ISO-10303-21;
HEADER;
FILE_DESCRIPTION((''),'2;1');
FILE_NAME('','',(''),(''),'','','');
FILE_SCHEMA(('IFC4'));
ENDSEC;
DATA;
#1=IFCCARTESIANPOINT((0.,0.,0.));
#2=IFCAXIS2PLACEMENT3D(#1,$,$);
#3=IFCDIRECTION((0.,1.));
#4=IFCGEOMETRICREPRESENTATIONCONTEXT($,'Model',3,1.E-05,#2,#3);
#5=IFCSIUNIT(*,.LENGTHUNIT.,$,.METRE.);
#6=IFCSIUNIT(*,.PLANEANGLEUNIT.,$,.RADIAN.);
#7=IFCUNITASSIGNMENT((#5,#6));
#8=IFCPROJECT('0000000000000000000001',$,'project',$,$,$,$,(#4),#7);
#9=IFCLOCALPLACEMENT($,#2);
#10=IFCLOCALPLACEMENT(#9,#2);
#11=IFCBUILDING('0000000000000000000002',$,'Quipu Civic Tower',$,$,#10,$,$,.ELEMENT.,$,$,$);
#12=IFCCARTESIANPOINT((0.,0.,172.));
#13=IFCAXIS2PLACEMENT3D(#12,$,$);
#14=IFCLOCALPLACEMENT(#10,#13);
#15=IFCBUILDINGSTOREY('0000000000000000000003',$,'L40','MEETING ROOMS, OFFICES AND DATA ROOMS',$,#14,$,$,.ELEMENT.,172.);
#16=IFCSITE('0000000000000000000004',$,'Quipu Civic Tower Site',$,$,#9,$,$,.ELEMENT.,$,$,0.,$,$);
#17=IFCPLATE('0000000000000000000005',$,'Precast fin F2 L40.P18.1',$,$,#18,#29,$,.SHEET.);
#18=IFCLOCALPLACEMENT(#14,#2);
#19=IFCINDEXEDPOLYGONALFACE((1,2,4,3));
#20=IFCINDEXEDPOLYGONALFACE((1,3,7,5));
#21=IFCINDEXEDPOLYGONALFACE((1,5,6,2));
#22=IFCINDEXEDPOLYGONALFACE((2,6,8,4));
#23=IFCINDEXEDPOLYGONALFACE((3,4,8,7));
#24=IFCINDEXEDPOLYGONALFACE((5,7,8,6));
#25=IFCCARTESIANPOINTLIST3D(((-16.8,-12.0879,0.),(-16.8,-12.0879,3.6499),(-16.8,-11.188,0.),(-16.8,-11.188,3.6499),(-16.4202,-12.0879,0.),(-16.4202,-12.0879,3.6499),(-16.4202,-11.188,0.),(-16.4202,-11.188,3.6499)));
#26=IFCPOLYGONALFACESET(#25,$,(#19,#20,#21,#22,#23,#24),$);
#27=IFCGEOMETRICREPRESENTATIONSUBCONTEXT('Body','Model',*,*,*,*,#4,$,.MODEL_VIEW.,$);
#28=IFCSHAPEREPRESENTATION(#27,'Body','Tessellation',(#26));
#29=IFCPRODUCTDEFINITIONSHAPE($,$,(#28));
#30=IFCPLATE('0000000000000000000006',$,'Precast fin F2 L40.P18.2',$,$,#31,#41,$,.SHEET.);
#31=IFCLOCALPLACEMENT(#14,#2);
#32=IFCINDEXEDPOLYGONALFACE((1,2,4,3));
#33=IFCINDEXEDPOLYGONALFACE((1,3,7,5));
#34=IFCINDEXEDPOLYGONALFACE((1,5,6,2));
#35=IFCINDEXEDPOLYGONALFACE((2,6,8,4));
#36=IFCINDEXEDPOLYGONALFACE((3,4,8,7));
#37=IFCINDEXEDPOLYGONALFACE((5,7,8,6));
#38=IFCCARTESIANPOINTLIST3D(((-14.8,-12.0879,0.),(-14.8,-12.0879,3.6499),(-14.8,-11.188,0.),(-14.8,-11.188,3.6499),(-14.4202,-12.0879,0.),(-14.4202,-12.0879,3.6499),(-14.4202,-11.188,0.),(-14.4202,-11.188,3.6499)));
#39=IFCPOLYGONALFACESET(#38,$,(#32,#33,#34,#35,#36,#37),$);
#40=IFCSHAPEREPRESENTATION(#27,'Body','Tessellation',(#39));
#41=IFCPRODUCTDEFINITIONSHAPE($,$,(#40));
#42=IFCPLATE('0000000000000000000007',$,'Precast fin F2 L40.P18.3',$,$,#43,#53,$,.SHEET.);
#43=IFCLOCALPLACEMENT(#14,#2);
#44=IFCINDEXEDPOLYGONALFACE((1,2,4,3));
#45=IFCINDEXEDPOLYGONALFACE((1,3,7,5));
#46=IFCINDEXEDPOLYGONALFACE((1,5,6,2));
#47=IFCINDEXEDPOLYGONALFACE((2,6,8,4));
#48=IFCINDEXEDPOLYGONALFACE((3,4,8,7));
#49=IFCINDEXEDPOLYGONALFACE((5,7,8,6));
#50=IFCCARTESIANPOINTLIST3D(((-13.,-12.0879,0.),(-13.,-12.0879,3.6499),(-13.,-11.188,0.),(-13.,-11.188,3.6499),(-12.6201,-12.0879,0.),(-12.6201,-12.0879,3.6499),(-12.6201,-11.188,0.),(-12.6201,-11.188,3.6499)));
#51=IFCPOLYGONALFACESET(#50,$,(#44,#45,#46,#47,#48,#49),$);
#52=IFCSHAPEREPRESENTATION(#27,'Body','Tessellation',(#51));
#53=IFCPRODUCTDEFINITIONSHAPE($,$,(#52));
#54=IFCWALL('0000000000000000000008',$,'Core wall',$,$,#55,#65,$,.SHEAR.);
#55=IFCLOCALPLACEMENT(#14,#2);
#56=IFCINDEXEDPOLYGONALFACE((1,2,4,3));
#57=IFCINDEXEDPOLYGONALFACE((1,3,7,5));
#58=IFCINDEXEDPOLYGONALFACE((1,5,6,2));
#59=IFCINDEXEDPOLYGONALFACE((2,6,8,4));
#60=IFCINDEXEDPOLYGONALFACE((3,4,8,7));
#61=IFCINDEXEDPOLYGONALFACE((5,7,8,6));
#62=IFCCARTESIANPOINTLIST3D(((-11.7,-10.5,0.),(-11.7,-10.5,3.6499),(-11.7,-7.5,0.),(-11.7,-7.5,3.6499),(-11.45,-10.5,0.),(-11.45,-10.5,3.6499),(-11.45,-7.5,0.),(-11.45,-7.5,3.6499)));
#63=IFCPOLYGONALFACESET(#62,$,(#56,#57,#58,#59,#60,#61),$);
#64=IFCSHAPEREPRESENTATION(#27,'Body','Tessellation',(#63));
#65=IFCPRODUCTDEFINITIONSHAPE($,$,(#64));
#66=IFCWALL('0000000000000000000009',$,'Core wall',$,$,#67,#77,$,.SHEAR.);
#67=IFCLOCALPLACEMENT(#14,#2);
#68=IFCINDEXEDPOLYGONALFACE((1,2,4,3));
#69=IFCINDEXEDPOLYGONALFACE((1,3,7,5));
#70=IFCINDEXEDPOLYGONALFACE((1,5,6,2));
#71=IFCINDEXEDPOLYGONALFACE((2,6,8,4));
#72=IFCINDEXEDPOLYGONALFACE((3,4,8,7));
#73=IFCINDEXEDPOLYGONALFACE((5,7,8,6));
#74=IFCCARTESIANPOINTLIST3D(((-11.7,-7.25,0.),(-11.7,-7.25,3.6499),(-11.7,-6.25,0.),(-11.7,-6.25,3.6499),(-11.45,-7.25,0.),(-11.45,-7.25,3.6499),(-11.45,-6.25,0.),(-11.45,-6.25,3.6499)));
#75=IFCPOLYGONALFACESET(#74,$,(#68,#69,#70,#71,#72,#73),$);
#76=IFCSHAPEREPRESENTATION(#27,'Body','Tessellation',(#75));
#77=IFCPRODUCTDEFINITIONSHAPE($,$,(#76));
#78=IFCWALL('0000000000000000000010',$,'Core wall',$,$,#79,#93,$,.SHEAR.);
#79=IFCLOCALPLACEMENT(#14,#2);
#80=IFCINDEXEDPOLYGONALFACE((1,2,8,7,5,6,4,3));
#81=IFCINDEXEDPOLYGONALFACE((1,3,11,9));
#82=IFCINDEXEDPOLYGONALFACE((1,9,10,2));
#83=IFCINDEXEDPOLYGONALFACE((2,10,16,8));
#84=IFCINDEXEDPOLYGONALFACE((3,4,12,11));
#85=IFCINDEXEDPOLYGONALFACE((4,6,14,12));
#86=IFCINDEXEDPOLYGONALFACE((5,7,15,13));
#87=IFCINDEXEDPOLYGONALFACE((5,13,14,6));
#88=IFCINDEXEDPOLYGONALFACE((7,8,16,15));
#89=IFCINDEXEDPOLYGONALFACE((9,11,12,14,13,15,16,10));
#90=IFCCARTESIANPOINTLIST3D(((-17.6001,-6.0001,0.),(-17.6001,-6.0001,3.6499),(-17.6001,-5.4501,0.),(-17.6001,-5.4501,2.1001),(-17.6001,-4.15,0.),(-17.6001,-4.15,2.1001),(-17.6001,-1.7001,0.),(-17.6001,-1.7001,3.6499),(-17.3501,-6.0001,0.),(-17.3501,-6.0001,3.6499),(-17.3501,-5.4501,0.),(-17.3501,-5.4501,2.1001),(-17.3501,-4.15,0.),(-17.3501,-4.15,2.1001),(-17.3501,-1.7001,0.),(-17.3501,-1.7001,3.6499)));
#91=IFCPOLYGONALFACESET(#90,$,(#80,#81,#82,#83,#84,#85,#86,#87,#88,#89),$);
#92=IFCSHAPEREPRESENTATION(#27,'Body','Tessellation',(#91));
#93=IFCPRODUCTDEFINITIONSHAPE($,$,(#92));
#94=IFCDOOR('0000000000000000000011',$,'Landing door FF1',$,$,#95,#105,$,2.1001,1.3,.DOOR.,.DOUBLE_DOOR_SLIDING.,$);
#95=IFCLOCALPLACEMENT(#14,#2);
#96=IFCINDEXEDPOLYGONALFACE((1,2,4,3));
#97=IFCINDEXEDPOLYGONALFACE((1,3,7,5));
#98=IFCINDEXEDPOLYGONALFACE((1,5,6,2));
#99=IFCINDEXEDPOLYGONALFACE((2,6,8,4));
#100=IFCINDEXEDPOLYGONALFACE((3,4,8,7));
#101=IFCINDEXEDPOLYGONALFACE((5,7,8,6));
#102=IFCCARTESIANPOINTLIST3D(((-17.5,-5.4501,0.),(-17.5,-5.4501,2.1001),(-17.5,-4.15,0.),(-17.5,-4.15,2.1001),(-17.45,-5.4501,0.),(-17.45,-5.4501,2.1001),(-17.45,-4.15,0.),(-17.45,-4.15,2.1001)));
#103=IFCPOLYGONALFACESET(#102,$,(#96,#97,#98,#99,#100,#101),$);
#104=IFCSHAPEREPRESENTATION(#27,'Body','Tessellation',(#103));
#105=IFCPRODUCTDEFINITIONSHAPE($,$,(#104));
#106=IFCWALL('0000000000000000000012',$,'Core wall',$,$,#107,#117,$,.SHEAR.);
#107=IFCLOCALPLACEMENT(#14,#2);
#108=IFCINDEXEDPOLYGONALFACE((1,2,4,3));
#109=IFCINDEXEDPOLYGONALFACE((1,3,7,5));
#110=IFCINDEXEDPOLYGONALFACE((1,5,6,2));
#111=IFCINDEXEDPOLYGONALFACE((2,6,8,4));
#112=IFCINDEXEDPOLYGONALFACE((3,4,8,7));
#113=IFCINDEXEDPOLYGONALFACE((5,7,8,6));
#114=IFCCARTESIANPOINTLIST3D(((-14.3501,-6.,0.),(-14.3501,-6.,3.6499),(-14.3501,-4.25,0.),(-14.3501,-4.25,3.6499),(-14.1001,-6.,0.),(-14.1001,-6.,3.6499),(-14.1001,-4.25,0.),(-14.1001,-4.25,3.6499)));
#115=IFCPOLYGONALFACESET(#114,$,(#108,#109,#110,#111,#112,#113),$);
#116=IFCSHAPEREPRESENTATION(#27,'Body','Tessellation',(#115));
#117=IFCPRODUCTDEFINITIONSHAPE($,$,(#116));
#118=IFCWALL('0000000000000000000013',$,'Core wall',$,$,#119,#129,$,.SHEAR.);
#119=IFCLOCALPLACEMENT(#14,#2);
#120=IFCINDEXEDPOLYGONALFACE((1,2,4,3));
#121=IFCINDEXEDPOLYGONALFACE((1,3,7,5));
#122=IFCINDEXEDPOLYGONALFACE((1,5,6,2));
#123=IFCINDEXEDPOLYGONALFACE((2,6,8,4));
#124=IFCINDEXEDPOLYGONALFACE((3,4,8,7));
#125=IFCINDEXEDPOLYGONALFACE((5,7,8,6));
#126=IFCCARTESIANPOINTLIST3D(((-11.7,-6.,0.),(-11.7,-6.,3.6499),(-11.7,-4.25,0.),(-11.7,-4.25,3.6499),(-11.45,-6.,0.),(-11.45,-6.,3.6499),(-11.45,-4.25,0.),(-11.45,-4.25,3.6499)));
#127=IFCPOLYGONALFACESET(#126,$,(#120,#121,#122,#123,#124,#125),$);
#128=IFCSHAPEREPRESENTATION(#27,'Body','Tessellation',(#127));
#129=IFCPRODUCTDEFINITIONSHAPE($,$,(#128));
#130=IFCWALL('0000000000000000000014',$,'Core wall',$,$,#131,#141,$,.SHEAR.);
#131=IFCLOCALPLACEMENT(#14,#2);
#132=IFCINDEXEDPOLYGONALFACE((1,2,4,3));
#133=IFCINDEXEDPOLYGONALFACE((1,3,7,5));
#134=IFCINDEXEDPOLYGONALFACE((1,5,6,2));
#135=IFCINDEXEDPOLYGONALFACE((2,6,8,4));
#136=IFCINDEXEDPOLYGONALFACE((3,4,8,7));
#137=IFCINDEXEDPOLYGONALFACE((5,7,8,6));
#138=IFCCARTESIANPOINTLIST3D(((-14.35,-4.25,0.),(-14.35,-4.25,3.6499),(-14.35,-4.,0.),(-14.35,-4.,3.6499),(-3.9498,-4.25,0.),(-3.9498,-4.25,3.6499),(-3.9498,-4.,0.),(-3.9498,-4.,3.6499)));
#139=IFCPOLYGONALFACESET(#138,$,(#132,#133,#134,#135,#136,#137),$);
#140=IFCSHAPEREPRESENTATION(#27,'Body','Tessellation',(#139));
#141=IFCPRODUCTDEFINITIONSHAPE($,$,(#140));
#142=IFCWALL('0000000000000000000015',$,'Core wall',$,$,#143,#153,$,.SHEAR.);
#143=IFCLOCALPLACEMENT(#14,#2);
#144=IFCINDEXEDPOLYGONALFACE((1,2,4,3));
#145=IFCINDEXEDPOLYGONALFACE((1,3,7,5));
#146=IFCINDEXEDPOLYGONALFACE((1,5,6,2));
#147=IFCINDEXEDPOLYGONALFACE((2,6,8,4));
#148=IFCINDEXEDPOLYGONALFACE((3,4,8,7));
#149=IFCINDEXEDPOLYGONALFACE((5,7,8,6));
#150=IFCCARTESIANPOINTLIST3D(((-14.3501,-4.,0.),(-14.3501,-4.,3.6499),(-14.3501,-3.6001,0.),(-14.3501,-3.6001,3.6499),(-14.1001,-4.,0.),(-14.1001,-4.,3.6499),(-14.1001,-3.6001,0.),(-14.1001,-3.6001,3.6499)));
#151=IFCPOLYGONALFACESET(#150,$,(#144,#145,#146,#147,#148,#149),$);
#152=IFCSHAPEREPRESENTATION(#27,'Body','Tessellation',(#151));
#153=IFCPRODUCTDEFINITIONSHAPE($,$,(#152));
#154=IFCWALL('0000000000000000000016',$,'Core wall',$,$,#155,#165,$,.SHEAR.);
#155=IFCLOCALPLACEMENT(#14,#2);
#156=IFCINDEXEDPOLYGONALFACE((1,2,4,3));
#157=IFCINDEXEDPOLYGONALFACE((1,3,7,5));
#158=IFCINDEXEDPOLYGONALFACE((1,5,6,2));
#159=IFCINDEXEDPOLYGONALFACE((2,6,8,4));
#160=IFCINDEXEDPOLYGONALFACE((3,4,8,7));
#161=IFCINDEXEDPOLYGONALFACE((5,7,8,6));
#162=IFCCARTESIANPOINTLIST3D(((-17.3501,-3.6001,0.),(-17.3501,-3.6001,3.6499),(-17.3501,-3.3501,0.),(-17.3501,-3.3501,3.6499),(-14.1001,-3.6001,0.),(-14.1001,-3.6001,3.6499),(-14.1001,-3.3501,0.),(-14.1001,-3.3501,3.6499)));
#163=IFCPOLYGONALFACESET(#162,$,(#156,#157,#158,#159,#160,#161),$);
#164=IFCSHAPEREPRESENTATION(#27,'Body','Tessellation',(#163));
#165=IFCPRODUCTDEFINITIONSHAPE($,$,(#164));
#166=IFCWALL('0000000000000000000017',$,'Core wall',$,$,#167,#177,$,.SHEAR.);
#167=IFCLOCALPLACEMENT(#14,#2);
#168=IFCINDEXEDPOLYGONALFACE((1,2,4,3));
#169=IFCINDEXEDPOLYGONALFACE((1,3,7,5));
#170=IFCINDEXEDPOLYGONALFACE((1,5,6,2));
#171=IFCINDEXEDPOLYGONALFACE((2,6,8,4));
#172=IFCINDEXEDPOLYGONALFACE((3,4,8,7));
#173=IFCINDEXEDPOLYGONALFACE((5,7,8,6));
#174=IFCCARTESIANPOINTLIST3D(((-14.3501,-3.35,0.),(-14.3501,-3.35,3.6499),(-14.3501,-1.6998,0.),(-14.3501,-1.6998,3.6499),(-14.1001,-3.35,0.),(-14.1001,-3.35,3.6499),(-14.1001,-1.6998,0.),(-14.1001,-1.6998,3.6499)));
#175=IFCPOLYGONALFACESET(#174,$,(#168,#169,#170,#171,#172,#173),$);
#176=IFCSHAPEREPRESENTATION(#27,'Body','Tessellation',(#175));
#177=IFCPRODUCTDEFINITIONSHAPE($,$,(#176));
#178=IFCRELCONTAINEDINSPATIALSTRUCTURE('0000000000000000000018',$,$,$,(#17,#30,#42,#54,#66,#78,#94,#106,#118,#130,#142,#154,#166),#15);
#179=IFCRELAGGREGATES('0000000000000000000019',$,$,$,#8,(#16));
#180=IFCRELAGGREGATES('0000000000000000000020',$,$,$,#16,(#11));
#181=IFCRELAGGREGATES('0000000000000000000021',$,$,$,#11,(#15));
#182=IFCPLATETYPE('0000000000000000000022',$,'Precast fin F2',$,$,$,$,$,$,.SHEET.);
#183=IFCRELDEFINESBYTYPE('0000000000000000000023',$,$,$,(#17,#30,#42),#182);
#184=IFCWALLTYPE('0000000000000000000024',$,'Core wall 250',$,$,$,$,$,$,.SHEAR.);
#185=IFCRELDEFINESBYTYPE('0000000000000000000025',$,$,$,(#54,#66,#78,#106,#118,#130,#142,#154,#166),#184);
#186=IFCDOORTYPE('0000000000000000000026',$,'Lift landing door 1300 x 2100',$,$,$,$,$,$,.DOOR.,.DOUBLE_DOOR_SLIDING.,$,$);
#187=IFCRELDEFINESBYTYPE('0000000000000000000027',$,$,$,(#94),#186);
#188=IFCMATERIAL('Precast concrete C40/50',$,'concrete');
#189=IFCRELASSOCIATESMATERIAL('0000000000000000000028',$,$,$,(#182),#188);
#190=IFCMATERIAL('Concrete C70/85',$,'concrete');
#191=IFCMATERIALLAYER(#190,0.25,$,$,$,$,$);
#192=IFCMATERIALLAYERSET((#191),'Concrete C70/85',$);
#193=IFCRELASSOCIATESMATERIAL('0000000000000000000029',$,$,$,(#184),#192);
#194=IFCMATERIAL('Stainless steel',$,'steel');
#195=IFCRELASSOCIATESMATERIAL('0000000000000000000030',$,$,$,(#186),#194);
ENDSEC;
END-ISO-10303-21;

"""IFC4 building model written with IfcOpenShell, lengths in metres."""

from ifc_helpers import new_model, si_unit, direction, frame, frame_2d, origin, origin_2d, place, context, subcontext, project, spatial, rectangle, extrude, material, layer, layer_set, type_object, element, fill, save


model = new_model("IFC4")

# Units and contexts
model_context = context("Model", 3, precision=1e-05, world=origin(), true_north=direction((0.0, 1.0)))
body_context = subcontext(model_context, "Body", "Model", "MODEL_VIEW")
ifc_project = project(units=[si_unit("LENGTHUNIT", "METRE"), si_unit("PLANEANGLEUNIT", "RADIAN")], contexts=[model_context])

# Site, building, storey
site_placement = place(None, origin())
site = spatial("IfcSite", under=ifc_project, at=site_placement, Name="Quipu Civic Tower Site", CompositionType="ELEMENT", RefElevation=0.0)
building_placement = place(site_placement, origin())
building = spatial("IfcBuilding", under=site, at=building_placement, Name="Quipu Civic Tower", CompositionType="ELEMENT")
storey_placement = place(building_placement, frame((0.0, 0.0, 172.0)))
storey = spatial("IfcBuildingStorey", under=building, at=storey_placement, Name="L40", Description="MEETING ROOMS, OFFICES AND DATA ROOMS", CompositionType="ELEMENT", Elevation=172.0)

# Plates
ifc_material_1 = material(Name="Precast concrete C40/50", Category="concrete")
plate_type = type_object("IfcPlateType", Name="Precast fin F2", PredefinedType="SHEET", material=ifc_material_1)
for number, where, z_axis, x_axis, name in (
    (1, (-16.6101, -11.6379, 0.0), (0.0, 0.0, 1.0), (1.0, 0.0, 0.0), "Precast fin F2 L40.P18.1"),
    (2, (-14.6101, -11.6379, 0.0), (0.0, 0.0, 1.0), (1.0, 0.0, 0.0), "Precast fin F2 L40.P18.2"),
    (3, (-12.8101, -11.6379, 0.0), (0.0, 0.0, 1.0), (1.0, 0.0, 0.0), "Precast fin F2 L40.P18.3"),
):
    element("IfcPlate", number, at=place(storey_placement, frame(where, z_axis=z_axis, x_axis=x_axis)), inside=storey, type_object=plate_type, Name=name, PredefinedType="SHEET", context=body_context, shape_type="SweptSolid", body=[
        extrude(rectangle(XDim=0.3799, YDim=0.8999, at=origin_2d()), origin(), (0.0, 0.0, 1.0), 3.6499),
    ])

# Walls
ifc_material_2 = material(Name="Concrete C70/85", Category="concrete")
ifc_layer_1 = layer(ifc_material_2, 0.25)
ifc_layer_set_1 = layer_set([ifc_layer_1], Name="Concrete C70/85")
wall_type_1 = type_object("IfcWallType", Name="Core wall 250", PredefinedType="SHEAR", material=ifc_layer_set_1)
wall_1_placement = place(storey_placement, frame((-11.575, -10.5, 0.0), z_axis=(0.0, 0.0, 1.0), x_axis=(0.0, 1.0, 0.0)))
element("IfcWall", 4, at=wall_1_placement, inside=storey, type_object=wall_type_1, Name="Core wall", PredefinedType="SHEAR", context=body_context, shape_type="SweptSolid", body=[
    extrude(rectangle(XDim=3.0, YDim=0.25, at=frame_2d((1.5, 0.0))), origin(), (0.0, 0.0, 1.0), 3.6499),
])
wall_2_placement = place(storey_placement, frame((-11.575, -7.25, 0.0), z_axis=(0.0, 0.0, 1.0), x_axis=(0.0, 1.0, 0.0)))
element("IfcWall", 5, at=wall_2_placement, inside=storey, type_object=wall_type_1, Name="Core wall", PredefinedType="SHEAR", context=body_context, shape_type="SweptSolid", body=[
    extrude(rectangle(XDim=1.0, YDim=0.25, at=frame_2d((0.5, 0.0))), origin(), (0.0, 0.0, 1.0), 3.6499),
])

# Wall, opening, door
wall_3_placement = place(storey_placement, frame((-17.4751, -6.0, 0.0), z_axis=(0.0, 0.0, 1.0), x_axis=(0.0, 1.0, 0.0)))
wall_3 = element("IfcWall", 6, at=wall_3_placement, inside=storey, type_object=wall_type_1, Name="Core wall", PredefinedType="SHEAR", context=body_context, shape_type="SweptSolid", body=[
    extrude(rectangle(XDim=4.3, YDim=0.25, at=frame_2d((2.1499, 0.0))), origin(), (0.0, 0.0, 1.0), 3.6499),
])
opening_1_placement = place(wall_3_placement, frame((0.55, 0.0, 0.0)))
opening_1 = element("IfcOpeningElement", 7, at=opening_1_placement, cuts=wall_3, PredefinedType="OPENING", context=body_context, shape_type="SweptSolid", body=[
    extrude(rectangle(XDim=1.3, YDim=2.1001, at=frame_2d((0.6499, 1.05))), frame((0.0, 0.135, 0.0), z_axis=(0.0, -1.0, 0.0), x_axis=(1.0, 0.0, 0.0)), (0.0, 0.0, 1.0), 0.27),
])
ifc_material_3 = material(Name="Stainless steel", Category="steel")
door_type_1 = type_object("IfcDoorType", Name="Lift landing door 1300 x 2100", OperationType="DOUBLE_DOOR_SLIDING", PredefinedType="DOOR", material=ifc_material_3)
door_1_placement = place(opening_1_placement, origin())
door_1 = element("IfcDoor", 8, at=door_1_placement, inside=storey, type_object=door_type_1, Name="Landing door FF1", OperationType="DOUBLE_DOOR_SLIDING", OverallHeight=2.1001, OverallWidth=1.3, PredefinedType="DOOR", context=body_context, shape_type="SweptSolid", body=[
    extrude(rectangle(XDim=1.3, YDim=2.1001, at=frame_2d((0.6499, 1.05))), frame((0.0, 0.0249, 0.0), z_axis=(0.0, -1.0, 0.0), x_axis=(1.0, 0.0, 0.0)), (0.0, 0.0, 1.0), 0.05),
])
fill(opening_1, door_1)

# Walls
for number, where, z_axis, x_axis, name in (
    (9, (-14.2251, -6.0, 0.0), (0.0, 0.0, 1.0), (0.0, 1.0, 0.0), "Core wall"),
    (10, (-11.575, -6.0, 0.0), (0.0, 0.0, 1.0), (0.0, 1.0, 0.0), "Core wall"),
):
    element("IfcWall", number, at=place(storey_placement, frame(where, z_axis=z_axis, x_axis=x_axis)), inside=storey, type_object=wall_type_1, Name=name, PredefinedType="SHEAR", context=body_context, shape_type="SweptSolid", body=[
        extrude(rectangle(XDim=1.75, YDim=0.25, at=frame_2d((0.875, 0.0))), origin(), (0.0, 0.0, 1.0), 3.6499),
    ])
wall_4_placement = place(storey_placement, frame((-14.3501, -4.125, 0.0), z_axis=(0.0, 0.0, 1.0), x_axis=(1.0, 0.0, 0.0)))
element("IfcWall", 11, at=wall_4_placement, inside=storey, type_object=wall_type_1, Name="Core wall", PredefinedType="SHEAR", context=body_context, shape_type="SweptSolid", body=[
    extrude(rectangle(XDim=10.4001, YDim=0.25, at=frame_2d((5.2002, 0.0))), origin(), (0.0, 0.0, 1.0), 3.6499),
])
wall_5_placement = place(storey_placement, frame((-14.2251, -4.0, 0.0), z_axis=(0.0, 0.0, 1.0), x_axis=(0.0, 1.0, 0.0)))
element("IfcWall", 12, at=wall_5_placement, inside=storey, type_object=wall_type_1, Name="Core wall", PredefinedType="SHEAR", context=body_context, shape_type="SweptSolid", body=[
    extrude(rectangle(XDim=0.3999, YDim=0.25, at=frame_2d((0.2, 0.0))), origin(), (0.0, 0.0, 1.0), 3.6499),
])
wall_6_placement = place(storey_placement, frame((-17.3501, -3.4751, 0.0), z_axis=(0.0, 0.0, 1.0), x_axis=(1.0, 0.0, 0.0)))
element("IfcWall", 13, at=wall_6_placement, inside=storey, type_object=wall_type_1, Name="Core wall", PredefinedType="SHEAR", context=body_context, shape_type="SweptSolid", body=[
    extrude(rectangle(XDim=3.25, YDim=0.25, at=frame_2d((1.625, 0.0))), origin(), (0.0, 0.0, 1.0), 3.6499),
])
wall_7_placement = place(storey_placement, frame((-14.2251, -3.3501, 0.0), z_axis=(0.0, 0.0, 1.0), x_axis=(0.0, 1.0, 0.0)))
element("IfcWall", 14, at=wall_7_placement, inside=storey, type_object=wall_type_1, Name="Core wall", PredefinedType="SHEAR", context=body_context, shape_type="SweptSolid", body=[
    extrude(rectangle(XDim=1.6501, YDim=0.25, at=frame_2d((0.8252, 0.0))), origin(), (0.0, 0.0, 1.0), 3.6499),
])

save(model, "model.ifc")
